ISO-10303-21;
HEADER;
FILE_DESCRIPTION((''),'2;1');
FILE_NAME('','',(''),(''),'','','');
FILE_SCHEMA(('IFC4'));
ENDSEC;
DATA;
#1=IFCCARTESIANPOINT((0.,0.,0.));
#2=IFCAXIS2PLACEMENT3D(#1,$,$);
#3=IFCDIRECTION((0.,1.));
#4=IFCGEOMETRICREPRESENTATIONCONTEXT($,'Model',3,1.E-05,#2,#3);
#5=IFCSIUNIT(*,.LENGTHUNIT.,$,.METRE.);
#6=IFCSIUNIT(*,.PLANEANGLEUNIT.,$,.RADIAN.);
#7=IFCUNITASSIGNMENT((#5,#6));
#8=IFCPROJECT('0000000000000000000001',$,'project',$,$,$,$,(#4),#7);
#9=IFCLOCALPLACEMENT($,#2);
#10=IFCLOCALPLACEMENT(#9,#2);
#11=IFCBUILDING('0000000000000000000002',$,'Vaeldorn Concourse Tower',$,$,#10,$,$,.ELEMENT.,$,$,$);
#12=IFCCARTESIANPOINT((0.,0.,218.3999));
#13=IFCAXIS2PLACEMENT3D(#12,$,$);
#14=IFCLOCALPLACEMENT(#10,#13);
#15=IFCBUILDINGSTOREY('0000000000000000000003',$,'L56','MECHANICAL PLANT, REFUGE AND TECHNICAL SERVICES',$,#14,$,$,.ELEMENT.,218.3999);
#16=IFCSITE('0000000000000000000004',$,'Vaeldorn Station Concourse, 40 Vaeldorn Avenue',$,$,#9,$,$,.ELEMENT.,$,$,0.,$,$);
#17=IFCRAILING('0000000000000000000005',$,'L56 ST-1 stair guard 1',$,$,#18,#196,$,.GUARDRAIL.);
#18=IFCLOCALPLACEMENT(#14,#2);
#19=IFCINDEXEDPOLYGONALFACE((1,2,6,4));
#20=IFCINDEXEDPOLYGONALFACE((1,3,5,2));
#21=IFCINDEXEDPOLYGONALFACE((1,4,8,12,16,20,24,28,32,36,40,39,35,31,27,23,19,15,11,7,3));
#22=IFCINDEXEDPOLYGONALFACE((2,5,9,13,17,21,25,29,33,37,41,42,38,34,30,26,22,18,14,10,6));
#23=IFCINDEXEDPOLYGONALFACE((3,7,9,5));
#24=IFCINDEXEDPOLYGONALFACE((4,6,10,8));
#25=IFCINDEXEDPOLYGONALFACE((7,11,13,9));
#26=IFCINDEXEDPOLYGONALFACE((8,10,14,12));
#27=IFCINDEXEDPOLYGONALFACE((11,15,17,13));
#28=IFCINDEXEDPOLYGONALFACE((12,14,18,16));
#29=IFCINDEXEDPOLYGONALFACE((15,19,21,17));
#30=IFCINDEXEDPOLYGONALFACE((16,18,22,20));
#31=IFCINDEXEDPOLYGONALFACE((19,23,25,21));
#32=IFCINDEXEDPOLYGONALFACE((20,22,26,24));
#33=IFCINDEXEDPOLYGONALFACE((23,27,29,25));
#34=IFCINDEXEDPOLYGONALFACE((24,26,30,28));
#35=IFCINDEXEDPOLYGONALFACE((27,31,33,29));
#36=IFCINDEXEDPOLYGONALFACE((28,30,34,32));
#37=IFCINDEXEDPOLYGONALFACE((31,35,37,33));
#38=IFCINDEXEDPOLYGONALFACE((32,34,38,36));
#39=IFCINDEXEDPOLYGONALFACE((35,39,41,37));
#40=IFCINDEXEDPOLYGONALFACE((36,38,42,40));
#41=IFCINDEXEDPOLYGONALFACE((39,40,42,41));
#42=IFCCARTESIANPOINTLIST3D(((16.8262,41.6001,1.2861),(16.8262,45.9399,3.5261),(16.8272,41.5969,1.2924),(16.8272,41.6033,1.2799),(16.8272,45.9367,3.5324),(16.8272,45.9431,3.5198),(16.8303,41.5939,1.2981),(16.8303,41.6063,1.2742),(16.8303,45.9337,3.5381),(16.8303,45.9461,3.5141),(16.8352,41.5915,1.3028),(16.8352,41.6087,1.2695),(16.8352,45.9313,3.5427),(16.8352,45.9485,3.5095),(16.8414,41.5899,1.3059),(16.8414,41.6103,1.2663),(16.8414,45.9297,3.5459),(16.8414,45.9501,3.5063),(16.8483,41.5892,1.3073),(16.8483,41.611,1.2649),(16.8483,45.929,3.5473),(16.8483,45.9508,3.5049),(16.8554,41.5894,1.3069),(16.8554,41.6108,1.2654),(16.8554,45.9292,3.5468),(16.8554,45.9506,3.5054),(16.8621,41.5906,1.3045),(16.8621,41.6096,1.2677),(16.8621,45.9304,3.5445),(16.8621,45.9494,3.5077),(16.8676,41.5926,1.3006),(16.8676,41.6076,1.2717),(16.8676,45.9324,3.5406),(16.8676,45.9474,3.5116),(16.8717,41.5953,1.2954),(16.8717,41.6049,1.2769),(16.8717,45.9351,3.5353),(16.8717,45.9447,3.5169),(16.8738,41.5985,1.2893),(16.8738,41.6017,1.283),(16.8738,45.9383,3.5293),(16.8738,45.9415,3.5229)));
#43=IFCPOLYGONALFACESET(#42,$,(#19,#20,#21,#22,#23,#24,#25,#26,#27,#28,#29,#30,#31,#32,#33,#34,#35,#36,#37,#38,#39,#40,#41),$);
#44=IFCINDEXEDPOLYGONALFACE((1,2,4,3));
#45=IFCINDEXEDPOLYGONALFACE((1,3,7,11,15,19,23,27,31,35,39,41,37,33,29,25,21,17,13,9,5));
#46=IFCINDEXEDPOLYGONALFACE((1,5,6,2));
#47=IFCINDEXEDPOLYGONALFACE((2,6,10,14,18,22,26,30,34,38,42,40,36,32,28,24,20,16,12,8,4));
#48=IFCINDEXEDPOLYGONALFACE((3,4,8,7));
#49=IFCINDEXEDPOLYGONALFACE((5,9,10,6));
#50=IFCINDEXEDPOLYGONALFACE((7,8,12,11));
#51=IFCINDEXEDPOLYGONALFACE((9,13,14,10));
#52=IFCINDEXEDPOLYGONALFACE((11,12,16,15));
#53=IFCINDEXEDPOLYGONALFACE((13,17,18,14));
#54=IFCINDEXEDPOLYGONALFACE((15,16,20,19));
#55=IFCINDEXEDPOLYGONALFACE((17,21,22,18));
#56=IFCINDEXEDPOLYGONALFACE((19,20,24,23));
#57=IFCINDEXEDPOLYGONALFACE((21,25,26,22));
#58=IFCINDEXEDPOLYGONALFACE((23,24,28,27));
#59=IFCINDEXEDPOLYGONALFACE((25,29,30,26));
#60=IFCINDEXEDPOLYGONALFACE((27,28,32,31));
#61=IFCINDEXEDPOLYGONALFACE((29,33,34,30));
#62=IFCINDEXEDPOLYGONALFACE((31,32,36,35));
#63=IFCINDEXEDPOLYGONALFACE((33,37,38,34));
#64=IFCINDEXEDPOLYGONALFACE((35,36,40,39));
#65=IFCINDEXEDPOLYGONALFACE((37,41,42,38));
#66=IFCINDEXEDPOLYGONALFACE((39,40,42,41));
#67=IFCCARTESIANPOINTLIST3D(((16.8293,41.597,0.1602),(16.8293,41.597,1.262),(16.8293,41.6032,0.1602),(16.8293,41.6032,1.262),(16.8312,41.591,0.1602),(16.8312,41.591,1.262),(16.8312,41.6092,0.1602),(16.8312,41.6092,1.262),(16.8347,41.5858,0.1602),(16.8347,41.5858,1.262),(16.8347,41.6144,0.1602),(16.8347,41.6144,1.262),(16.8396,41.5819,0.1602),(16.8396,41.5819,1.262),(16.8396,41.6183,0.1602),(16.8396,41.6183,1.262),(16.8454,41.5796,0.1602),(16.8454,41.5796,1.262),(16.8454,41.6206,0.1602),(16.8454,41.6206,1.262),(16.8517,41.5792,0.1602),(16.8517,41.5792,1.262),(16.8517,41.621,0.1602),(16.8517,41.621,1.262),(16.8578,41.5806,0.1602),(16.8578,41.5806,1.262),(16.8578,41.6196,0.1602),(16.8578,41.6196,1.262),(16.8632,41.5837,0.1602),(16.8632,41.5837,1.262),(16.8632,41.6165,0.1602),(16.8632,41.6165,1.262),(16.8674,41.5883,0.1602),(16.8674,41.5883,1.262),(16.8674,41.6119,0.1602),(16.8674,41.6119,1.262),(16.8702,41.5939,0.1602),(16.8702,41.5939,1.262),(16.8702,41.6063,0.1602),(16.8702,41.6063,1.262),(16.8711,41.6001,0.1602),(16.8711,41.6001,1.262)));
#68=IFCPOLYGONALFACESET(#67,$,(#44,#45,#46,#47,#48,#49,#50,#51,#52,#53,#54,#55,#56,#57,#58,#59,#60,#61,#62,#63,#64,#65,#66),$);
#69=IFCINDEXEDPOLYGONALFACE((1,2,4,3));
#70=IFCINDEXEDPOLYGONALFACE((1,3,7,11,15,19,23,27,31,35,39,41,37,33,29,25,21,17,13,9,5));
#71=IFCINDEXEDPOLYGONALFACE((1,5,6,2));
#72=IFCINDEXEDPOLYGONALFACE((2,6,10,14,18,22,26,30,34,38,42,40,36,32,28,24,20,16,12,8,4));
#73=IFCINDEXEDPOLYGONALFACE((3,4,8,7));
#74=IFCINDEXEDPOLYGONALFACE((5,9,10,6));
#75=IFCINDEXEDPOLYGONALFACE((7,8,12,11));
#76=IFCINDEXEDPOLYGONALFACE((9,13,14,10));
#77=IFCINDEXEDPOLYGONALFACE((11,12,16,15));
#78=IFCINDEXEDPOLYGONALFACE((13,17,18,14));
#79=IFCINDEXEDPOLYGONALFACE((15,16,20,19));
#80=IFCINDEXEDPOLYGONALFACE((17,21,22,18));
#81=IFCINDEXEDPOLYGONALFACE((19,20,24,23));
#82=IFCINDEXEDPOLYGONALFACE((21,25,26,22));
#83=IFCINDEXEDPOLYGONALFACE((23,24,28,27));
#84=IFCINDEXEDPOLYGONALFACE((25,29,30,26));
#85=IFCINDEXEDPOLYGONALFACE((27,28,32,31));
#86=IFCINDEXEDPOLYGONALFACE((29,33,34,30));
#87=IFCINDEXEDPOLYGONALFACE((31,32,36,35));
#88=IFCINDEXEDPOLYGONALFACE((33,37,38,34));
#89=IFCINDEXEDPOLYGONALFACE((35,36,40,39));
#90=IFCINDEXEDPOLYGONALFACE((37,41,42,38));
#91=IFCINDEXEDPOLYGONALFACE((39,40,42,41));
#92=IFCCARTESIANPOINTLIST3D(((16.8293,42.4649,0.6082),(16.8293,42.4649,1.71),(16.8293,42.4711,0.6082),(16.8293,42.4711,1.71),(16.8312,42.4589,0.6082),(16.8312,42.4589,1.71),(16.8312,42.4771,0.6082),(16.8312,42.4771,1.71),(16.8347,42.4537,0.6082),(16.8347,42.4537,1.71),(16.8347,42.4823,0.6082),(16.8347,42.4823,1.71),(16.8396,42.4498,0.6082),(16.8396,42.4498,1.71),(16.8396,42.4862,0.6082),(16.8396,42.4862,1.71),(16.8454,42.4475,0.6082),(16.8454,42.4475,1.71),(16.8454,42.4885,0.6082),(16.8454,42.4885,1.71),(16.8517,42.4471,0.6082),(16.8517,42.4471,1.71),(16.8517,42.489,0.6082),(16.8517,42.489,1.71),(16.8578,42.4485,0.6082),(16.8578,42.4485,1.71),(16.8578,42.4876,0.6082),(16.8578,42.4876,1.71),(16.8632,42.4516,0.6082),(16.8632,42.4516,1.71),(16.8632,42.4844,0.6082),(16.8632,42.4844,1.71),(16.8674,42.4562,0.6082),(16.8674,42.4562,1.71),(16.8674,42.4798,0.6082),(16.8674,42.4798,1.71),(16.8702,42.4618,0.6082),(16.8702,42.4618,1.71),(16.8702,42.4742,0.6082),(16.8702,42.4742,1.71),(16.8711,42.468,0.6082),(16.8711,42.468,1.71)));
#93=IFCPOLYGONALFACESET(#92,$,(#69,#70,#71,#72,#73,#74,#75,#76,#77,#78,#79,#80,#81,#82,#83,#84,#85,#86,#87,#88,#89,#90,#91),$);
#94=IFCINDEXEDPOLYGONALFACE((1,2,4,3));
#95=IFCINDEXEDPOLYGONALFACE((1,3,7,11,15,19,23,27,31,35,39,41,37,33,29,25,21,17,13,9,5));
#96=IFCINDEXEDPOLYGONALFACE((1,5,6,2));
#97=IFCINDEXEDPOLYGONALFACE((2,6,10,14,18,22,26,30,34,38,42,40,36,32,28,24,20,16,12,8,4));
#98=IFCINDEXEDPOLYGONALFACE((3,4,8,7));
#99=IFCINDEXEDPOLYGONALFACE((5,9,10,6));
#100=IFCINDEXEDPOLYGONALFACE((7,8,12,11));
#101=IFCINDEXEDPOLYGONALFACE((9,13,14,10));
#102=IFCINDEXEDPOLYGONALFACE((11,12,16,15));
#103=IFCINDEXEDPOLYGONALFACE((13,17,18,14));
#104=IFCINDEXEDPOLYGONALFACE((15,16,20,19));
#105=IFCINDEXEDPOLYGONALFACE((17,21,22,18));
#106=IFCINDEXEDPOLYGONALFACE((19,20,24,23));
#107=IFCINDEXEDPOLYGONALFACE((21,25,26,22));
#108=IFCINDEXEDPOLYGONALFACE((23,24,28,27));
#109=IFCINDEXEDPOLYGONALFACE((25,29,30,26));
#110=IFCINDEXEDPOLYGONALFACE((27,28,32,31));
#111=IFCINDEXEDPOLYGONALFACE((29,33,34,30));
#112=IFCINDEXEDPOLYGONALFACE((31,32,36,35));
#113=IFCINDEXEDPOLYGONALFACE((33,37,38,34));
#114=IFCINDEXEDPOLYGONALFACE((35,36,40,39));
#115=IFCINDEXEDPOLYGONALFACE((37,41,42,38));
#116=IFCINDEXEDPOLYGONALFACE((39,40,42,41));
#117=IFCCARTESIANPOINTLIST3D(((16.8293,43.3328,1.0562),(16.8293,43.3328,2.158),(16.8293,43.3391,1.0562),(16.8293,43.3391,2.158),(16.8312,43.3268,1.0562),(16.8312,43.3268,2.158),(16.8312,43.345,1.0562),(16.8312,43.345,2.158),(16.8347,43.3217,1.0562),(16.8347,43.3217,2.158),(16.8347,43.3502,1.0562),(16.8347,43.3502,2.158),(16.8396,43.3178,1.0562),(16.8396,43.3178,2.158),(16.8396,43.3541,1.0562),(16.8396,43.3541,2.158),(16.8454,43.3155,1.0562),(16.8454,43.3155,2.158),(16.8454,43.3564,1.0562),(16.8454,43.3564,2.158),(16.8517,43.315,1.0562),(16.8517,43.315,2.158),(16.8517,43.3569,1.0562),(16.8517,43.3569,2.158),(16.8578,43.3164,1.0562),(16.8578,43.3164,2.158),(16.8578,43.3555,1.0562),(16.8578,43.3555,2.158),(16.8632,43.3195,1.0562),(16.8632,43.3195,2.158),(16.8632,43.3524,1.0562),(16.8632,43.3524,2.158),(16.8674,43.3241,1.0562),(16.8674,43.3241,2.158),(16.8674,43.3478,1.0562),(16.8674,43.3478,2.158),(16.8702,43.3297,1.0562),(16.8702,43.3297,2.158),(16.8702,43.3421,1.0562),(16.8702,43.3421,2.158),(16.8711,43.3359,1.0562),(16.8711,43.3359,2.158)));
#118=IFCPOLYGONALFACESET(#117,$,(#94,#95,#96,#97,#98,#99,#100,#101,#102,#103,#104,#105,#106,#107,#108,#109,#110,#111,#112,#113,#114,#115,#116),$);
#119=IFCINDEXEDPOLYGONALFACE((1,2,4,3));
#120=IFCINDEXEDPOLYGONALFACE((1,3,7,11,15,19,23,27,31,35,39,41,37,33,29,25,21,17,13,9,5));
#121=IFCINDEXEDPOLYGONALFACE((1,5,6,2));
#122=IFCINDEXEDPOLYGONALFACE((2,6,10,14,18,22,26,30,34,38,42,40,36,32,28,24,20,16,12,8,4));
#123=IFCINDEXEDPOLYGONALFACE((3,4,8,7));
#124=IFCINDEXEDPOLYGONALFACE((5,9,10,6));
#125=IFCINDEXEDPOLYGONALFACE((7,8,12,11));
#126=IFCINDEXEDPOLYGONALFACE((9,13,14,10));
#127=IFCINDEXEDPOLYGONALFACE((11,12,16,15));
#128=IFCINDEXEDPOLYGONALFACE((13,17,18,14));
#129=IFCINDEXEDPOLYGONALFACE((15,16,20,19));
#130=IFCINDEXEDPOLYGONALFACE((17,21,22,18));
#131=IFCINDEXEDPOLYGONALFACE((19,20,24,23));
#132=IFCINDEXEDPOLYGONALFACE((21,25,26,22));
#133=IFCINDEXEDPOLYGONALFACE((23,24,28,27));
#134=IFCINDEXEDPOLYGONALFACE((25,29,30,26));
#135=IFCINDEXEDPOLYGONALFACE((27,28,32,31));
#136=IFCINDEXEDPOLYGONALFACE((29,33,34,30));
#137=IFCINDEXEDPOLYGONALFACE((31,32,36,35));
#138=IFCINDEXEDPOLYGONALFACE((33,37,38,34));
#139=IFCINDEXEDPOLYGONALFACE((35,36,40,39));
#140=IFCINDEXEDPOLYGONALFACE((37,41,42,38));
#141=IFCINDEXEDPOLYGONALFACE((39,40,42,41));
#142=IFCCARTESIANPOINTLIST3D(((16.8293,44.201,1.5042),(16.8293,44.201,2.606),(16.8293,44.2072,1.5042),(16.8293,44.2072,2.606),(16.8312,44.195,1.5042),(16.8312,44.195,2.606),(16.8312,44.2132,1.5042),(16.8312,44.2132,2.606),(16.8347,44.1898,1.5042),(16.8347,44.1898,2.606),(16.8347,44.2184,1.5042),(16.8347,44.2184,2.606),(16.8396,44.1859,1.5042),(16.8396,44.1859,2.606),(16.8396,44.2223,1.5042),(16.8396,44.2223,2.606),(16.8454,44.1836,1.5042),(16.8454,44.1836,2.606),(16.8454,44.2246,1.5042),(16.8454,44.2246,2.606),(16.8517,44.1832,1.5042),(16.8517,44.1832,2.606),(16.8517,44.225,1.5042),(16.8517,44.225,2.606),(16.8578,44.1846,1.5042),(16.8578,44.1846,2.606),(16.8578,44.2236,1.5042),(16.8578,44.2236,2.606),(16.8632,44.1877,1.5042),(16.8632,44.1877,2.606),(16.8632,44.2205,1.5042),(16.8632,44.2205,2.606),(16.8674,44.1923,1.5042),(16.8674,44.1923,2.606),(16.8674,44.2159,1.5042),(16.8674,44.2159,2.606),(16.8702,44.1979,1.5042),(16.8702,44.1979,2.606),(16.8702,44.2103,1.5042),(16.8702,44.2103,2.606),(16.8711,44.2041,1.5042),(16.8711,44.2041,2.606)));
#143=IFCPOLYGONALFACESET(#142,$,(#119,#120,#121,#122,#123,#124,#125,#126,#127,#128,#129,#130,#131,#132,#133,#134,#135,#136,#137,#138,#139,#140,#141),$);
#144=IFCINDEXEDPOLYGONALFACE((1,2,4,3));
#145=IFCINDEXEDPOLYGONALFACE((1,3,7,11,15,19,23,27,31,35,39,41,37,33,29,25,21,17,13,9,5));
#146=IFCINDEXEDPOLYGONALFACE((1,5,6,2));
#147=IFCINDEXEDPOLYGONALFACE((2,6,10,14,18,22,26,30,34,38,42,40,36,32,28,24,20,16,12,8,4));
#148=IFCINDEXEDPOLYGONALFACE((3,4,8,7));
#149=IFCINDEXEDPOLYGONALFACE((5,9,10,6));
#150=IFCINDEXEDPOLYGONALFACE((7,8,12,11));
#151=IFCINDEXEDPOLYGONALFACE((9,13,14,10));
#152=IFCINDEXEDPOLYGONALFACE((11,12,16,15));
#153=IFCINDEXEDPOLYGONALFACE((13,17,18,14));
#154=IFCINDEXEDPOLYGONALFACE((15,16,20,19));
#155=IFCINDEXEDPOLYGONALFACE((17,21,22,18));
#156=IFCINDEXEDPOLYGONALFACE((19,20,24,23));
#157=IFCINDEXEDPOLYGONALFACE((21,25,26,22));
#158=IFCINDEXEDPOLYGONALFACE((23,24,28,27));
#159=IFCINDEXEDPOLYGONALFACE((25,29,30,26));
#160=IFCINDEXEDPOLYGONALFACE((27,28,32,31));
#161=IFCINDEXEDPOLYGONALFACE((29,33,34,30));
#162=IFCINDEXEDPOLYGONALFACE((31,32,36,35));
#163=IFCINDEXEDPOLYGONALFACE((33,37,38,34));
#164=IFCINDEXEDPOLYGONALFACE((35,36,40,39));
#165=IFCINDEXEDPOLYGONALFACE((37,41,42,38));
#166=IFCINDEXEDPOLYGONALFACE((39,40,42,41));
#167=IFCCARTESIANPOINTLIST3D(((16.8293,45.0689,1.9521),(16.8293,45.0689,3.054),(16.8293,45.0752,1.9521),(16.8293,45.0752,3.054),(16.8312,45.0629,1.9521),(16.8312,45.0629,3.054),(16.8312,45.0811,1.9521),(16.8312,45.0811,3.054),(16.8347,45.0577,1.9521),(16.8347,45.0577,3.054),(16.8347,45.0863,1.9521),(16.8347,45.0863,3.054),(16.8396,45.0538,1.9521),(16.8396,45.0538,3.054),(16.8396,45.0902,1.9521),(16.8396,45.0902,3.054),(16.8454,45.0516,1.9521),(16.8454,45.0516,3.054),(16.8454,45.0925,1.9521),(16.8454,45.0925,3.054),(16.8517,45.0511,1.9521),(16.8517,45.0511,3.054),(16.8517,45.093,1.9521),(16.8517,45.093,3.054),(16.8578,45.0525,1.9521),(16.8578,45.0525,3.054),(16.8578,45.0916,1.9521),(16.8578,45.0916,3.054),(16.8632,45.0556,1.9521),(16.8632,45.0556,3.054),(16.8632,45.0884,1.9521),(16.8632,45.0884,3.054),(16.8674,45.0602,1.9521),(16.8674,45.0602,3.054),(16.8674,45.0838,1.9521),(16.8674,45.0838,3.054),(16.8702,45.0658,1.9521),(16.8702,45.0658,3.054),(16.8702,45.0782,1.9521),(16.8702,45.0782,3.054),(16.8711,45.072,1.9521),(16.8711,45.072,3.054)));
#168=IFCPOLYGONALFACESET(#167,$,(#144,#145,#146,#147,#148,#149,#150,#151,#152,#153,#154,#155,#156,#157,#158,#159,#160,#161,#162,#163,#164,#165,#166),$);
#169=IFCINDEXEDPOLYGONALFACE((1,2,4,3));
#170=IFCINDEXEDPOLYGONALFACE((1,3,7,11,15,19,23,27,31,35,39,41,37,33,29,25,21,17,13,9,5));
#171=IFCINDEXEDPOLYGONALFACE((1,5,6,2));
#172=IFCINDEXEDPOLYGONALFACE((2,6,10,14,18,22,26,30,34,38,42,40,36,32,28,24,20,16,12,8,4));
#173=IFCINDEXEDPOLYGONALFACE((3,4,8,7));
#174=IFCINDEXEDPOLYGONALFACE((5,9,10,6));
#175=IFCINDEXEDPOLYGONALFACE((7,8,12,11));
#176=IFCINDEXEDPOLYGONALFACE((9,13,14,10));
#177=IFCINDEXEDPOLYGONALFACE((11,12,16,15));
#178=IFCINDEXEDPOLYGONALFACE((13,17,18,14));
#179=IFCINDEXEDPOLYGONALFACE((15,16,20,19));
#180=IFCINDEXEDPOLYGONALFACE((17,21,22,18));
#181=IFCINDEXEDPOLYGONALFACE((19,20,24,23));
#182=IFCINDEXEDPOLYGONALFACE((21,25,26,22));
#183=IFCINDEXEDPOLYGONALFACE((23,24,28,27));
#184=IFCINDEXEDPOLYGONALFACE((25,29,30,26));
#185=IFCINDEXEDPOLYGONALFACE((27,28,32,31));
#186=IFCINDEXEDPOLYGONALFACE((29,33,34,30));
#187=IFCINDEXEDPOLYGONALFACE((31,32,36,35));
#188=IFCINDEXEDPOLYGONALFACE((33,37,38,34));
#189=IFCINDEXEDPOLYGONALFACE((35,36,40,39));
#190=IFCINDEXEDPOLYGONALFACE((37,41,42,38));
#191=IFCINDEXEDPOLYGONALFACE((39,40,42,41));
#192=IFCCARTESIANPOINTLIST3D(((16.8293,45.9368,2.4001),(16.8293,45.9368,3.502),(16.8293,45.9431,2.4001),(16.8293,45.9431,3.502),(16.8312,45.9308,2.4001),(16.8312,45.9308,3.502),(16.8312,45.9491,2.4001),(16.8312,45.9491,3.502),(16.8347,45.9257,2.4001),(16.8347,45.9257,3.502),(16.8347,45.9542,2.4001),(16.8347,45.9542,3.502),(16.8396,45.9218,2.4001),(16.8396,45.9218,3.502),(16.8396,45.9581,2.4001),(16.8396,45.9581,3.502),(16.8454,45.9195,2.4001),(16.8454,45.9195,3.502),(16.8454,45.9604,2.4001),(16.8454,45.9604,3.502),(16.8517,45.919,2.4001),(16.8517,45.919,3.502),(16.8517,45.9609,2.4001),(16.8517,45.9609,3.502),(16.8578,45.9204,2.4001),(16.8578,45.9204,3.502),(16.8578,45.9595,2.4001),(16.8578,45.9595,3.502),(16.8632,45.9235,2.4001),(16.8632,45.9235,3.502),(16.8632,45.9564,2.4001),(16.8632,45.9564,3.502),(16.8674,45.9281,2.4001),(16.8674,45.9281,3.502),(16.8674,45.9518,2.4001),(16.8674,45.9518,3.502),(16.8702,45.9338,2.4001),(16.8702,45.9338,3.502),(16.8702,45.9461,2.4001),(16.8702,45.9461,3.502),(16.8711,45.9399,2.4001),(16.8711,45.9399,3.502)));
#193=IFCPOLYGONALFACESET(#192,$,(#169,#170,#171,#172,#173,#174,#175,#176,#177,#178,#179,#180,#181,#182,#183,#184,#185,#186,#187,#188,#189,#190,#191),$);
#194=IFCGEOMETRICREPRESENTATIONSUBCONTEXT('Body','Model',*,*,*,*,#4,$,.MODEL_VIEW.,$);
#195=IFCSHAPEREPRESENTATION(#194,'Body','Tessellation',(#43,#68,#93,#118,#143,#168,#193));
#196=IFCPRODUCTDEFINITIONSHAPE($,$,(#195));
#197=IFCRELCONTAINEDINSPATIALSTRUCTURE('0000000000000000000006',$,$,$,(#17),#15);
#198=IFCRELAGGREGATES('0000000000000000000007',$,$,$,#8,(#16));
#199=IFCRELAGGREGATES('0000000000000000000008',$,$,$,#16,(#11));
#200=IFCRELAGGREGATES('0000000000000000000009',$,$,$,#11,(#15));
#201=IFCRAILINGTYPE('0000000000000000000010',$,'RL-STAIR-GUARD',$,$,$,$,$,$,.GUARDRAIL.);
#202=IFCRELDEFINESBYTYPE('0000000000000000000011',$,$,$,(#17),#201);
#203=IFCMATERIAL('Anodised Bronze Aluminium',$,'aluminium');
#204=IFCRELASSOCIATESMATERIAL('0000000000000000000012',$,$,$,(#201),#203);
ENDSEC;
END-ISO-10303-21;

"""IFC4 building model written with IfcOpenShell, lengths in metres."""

from ifc_helpers import new_model, si_unit, direction, frame, origin, origin_2d, place, context, subcontext, project, spatial, circle, extrude, material, type_object, element, save


model = new_model("IFC4")

# Units and contexts
model_context = context("Model", 3, precision=1e-05, world=origin(), true_north=direction((0.0, 1.0)))
body_context = subcontext(model_context, "Body", "Model", "MODEL_VIEW")
ifc_project = project(units=[si_unit("LENGTHUNIT", "METRE"), si_unit("PLANEANGLEUNIT", "RADIAN")], contexts=[model_context])

# Site, building, storey
site_placement = place(None, origin())
site = spatial("IfcSite", under=ifc_project, at=site_placement, Name="Vaeldorn Station Concourse, 40 Vaeldorn Avenue", CompositionType="ELEMENT", RefElevation=0.0)
building_placement = place(site_placement, origin())
building = spatial("IfcBuilding", under=site, at=building_placement, Name="Vaeldorn Concourse Tower", CompositionType="ELEMENT")
storey_placement = place(building_placement, frame((0.0, 0.0, 218.3999)))
storey = spatial("IfcBuildingStorey", under=building, at=storey_placement, Name="L56", Description="MECHANICAL PLANT, REFUGE AND TECHNICAL SERVICES", CompositionType="ELEMENT", Elevation=218.3999)

# Railing
ifc_material_1 = material(Name="Anodised Bronze Aluminium", Category="aluminium")
railing_type = type_object("IfcRailingType", Name="RL-STAIR-GUARD", PredefinedType="GUARDRAIL", material=ifc_material_1)
railing_1_placement = place(storey_placement, frame((16.8501, 41.6001, 0.1602)))
element("IfcRailing", 1, at=railing_1_placement, inside=storey, type_object=railing_type, Name="L56 ST-1 stair guard 1", PredefinedType="GUARDRAIL", context=body_context, shape_type="SweptSolid", body=[
    extrude(circle(Radius=0.0239, at=origin_2d()), frame((0.0, 0.0, 1.126), z_axis=(0.0, 0.888615, 0.458654), x_axis=(-1.0, 0.0, 0.0)), (0.0, 0.0, 1.0), 4.8838),
    extrude(circle(Radius=0.021, at=origin_2d()), origin(), (0.0, 0.0, 1.0), 1.1018),
    extrude(circle(Radius=0.021, at=origin_2d()), frame((0.0, 0.8679, 0.448)), (0.0, 0.0, 1.0), 1.1018),
    extrude(circle(Radius=0.021, at=origin_2d()), frame((0.0, 1.7358, 0.896)), (0.0, 0.0, 1.0), 1.1018),
    extrude(circle(Radius=0.021, at=origin_2d()), frame((0.0, 2.604, 1.344)), (0.0, 0.0, 1.0), 1.1018),
    extrude(circle(Radius=0.021, at=origin_2d()), frame((0.0, 3.4719, 1.792)), (0.0, 0.0, 1.0), 1.1018),
    extrude(circle(Radius=0.021, at=origin_2d()), frame((0.0, 4.3398, 2.24)), (0.0, 0.0, 1.0), 1.1018),
])

save(model, "model.ifc")
